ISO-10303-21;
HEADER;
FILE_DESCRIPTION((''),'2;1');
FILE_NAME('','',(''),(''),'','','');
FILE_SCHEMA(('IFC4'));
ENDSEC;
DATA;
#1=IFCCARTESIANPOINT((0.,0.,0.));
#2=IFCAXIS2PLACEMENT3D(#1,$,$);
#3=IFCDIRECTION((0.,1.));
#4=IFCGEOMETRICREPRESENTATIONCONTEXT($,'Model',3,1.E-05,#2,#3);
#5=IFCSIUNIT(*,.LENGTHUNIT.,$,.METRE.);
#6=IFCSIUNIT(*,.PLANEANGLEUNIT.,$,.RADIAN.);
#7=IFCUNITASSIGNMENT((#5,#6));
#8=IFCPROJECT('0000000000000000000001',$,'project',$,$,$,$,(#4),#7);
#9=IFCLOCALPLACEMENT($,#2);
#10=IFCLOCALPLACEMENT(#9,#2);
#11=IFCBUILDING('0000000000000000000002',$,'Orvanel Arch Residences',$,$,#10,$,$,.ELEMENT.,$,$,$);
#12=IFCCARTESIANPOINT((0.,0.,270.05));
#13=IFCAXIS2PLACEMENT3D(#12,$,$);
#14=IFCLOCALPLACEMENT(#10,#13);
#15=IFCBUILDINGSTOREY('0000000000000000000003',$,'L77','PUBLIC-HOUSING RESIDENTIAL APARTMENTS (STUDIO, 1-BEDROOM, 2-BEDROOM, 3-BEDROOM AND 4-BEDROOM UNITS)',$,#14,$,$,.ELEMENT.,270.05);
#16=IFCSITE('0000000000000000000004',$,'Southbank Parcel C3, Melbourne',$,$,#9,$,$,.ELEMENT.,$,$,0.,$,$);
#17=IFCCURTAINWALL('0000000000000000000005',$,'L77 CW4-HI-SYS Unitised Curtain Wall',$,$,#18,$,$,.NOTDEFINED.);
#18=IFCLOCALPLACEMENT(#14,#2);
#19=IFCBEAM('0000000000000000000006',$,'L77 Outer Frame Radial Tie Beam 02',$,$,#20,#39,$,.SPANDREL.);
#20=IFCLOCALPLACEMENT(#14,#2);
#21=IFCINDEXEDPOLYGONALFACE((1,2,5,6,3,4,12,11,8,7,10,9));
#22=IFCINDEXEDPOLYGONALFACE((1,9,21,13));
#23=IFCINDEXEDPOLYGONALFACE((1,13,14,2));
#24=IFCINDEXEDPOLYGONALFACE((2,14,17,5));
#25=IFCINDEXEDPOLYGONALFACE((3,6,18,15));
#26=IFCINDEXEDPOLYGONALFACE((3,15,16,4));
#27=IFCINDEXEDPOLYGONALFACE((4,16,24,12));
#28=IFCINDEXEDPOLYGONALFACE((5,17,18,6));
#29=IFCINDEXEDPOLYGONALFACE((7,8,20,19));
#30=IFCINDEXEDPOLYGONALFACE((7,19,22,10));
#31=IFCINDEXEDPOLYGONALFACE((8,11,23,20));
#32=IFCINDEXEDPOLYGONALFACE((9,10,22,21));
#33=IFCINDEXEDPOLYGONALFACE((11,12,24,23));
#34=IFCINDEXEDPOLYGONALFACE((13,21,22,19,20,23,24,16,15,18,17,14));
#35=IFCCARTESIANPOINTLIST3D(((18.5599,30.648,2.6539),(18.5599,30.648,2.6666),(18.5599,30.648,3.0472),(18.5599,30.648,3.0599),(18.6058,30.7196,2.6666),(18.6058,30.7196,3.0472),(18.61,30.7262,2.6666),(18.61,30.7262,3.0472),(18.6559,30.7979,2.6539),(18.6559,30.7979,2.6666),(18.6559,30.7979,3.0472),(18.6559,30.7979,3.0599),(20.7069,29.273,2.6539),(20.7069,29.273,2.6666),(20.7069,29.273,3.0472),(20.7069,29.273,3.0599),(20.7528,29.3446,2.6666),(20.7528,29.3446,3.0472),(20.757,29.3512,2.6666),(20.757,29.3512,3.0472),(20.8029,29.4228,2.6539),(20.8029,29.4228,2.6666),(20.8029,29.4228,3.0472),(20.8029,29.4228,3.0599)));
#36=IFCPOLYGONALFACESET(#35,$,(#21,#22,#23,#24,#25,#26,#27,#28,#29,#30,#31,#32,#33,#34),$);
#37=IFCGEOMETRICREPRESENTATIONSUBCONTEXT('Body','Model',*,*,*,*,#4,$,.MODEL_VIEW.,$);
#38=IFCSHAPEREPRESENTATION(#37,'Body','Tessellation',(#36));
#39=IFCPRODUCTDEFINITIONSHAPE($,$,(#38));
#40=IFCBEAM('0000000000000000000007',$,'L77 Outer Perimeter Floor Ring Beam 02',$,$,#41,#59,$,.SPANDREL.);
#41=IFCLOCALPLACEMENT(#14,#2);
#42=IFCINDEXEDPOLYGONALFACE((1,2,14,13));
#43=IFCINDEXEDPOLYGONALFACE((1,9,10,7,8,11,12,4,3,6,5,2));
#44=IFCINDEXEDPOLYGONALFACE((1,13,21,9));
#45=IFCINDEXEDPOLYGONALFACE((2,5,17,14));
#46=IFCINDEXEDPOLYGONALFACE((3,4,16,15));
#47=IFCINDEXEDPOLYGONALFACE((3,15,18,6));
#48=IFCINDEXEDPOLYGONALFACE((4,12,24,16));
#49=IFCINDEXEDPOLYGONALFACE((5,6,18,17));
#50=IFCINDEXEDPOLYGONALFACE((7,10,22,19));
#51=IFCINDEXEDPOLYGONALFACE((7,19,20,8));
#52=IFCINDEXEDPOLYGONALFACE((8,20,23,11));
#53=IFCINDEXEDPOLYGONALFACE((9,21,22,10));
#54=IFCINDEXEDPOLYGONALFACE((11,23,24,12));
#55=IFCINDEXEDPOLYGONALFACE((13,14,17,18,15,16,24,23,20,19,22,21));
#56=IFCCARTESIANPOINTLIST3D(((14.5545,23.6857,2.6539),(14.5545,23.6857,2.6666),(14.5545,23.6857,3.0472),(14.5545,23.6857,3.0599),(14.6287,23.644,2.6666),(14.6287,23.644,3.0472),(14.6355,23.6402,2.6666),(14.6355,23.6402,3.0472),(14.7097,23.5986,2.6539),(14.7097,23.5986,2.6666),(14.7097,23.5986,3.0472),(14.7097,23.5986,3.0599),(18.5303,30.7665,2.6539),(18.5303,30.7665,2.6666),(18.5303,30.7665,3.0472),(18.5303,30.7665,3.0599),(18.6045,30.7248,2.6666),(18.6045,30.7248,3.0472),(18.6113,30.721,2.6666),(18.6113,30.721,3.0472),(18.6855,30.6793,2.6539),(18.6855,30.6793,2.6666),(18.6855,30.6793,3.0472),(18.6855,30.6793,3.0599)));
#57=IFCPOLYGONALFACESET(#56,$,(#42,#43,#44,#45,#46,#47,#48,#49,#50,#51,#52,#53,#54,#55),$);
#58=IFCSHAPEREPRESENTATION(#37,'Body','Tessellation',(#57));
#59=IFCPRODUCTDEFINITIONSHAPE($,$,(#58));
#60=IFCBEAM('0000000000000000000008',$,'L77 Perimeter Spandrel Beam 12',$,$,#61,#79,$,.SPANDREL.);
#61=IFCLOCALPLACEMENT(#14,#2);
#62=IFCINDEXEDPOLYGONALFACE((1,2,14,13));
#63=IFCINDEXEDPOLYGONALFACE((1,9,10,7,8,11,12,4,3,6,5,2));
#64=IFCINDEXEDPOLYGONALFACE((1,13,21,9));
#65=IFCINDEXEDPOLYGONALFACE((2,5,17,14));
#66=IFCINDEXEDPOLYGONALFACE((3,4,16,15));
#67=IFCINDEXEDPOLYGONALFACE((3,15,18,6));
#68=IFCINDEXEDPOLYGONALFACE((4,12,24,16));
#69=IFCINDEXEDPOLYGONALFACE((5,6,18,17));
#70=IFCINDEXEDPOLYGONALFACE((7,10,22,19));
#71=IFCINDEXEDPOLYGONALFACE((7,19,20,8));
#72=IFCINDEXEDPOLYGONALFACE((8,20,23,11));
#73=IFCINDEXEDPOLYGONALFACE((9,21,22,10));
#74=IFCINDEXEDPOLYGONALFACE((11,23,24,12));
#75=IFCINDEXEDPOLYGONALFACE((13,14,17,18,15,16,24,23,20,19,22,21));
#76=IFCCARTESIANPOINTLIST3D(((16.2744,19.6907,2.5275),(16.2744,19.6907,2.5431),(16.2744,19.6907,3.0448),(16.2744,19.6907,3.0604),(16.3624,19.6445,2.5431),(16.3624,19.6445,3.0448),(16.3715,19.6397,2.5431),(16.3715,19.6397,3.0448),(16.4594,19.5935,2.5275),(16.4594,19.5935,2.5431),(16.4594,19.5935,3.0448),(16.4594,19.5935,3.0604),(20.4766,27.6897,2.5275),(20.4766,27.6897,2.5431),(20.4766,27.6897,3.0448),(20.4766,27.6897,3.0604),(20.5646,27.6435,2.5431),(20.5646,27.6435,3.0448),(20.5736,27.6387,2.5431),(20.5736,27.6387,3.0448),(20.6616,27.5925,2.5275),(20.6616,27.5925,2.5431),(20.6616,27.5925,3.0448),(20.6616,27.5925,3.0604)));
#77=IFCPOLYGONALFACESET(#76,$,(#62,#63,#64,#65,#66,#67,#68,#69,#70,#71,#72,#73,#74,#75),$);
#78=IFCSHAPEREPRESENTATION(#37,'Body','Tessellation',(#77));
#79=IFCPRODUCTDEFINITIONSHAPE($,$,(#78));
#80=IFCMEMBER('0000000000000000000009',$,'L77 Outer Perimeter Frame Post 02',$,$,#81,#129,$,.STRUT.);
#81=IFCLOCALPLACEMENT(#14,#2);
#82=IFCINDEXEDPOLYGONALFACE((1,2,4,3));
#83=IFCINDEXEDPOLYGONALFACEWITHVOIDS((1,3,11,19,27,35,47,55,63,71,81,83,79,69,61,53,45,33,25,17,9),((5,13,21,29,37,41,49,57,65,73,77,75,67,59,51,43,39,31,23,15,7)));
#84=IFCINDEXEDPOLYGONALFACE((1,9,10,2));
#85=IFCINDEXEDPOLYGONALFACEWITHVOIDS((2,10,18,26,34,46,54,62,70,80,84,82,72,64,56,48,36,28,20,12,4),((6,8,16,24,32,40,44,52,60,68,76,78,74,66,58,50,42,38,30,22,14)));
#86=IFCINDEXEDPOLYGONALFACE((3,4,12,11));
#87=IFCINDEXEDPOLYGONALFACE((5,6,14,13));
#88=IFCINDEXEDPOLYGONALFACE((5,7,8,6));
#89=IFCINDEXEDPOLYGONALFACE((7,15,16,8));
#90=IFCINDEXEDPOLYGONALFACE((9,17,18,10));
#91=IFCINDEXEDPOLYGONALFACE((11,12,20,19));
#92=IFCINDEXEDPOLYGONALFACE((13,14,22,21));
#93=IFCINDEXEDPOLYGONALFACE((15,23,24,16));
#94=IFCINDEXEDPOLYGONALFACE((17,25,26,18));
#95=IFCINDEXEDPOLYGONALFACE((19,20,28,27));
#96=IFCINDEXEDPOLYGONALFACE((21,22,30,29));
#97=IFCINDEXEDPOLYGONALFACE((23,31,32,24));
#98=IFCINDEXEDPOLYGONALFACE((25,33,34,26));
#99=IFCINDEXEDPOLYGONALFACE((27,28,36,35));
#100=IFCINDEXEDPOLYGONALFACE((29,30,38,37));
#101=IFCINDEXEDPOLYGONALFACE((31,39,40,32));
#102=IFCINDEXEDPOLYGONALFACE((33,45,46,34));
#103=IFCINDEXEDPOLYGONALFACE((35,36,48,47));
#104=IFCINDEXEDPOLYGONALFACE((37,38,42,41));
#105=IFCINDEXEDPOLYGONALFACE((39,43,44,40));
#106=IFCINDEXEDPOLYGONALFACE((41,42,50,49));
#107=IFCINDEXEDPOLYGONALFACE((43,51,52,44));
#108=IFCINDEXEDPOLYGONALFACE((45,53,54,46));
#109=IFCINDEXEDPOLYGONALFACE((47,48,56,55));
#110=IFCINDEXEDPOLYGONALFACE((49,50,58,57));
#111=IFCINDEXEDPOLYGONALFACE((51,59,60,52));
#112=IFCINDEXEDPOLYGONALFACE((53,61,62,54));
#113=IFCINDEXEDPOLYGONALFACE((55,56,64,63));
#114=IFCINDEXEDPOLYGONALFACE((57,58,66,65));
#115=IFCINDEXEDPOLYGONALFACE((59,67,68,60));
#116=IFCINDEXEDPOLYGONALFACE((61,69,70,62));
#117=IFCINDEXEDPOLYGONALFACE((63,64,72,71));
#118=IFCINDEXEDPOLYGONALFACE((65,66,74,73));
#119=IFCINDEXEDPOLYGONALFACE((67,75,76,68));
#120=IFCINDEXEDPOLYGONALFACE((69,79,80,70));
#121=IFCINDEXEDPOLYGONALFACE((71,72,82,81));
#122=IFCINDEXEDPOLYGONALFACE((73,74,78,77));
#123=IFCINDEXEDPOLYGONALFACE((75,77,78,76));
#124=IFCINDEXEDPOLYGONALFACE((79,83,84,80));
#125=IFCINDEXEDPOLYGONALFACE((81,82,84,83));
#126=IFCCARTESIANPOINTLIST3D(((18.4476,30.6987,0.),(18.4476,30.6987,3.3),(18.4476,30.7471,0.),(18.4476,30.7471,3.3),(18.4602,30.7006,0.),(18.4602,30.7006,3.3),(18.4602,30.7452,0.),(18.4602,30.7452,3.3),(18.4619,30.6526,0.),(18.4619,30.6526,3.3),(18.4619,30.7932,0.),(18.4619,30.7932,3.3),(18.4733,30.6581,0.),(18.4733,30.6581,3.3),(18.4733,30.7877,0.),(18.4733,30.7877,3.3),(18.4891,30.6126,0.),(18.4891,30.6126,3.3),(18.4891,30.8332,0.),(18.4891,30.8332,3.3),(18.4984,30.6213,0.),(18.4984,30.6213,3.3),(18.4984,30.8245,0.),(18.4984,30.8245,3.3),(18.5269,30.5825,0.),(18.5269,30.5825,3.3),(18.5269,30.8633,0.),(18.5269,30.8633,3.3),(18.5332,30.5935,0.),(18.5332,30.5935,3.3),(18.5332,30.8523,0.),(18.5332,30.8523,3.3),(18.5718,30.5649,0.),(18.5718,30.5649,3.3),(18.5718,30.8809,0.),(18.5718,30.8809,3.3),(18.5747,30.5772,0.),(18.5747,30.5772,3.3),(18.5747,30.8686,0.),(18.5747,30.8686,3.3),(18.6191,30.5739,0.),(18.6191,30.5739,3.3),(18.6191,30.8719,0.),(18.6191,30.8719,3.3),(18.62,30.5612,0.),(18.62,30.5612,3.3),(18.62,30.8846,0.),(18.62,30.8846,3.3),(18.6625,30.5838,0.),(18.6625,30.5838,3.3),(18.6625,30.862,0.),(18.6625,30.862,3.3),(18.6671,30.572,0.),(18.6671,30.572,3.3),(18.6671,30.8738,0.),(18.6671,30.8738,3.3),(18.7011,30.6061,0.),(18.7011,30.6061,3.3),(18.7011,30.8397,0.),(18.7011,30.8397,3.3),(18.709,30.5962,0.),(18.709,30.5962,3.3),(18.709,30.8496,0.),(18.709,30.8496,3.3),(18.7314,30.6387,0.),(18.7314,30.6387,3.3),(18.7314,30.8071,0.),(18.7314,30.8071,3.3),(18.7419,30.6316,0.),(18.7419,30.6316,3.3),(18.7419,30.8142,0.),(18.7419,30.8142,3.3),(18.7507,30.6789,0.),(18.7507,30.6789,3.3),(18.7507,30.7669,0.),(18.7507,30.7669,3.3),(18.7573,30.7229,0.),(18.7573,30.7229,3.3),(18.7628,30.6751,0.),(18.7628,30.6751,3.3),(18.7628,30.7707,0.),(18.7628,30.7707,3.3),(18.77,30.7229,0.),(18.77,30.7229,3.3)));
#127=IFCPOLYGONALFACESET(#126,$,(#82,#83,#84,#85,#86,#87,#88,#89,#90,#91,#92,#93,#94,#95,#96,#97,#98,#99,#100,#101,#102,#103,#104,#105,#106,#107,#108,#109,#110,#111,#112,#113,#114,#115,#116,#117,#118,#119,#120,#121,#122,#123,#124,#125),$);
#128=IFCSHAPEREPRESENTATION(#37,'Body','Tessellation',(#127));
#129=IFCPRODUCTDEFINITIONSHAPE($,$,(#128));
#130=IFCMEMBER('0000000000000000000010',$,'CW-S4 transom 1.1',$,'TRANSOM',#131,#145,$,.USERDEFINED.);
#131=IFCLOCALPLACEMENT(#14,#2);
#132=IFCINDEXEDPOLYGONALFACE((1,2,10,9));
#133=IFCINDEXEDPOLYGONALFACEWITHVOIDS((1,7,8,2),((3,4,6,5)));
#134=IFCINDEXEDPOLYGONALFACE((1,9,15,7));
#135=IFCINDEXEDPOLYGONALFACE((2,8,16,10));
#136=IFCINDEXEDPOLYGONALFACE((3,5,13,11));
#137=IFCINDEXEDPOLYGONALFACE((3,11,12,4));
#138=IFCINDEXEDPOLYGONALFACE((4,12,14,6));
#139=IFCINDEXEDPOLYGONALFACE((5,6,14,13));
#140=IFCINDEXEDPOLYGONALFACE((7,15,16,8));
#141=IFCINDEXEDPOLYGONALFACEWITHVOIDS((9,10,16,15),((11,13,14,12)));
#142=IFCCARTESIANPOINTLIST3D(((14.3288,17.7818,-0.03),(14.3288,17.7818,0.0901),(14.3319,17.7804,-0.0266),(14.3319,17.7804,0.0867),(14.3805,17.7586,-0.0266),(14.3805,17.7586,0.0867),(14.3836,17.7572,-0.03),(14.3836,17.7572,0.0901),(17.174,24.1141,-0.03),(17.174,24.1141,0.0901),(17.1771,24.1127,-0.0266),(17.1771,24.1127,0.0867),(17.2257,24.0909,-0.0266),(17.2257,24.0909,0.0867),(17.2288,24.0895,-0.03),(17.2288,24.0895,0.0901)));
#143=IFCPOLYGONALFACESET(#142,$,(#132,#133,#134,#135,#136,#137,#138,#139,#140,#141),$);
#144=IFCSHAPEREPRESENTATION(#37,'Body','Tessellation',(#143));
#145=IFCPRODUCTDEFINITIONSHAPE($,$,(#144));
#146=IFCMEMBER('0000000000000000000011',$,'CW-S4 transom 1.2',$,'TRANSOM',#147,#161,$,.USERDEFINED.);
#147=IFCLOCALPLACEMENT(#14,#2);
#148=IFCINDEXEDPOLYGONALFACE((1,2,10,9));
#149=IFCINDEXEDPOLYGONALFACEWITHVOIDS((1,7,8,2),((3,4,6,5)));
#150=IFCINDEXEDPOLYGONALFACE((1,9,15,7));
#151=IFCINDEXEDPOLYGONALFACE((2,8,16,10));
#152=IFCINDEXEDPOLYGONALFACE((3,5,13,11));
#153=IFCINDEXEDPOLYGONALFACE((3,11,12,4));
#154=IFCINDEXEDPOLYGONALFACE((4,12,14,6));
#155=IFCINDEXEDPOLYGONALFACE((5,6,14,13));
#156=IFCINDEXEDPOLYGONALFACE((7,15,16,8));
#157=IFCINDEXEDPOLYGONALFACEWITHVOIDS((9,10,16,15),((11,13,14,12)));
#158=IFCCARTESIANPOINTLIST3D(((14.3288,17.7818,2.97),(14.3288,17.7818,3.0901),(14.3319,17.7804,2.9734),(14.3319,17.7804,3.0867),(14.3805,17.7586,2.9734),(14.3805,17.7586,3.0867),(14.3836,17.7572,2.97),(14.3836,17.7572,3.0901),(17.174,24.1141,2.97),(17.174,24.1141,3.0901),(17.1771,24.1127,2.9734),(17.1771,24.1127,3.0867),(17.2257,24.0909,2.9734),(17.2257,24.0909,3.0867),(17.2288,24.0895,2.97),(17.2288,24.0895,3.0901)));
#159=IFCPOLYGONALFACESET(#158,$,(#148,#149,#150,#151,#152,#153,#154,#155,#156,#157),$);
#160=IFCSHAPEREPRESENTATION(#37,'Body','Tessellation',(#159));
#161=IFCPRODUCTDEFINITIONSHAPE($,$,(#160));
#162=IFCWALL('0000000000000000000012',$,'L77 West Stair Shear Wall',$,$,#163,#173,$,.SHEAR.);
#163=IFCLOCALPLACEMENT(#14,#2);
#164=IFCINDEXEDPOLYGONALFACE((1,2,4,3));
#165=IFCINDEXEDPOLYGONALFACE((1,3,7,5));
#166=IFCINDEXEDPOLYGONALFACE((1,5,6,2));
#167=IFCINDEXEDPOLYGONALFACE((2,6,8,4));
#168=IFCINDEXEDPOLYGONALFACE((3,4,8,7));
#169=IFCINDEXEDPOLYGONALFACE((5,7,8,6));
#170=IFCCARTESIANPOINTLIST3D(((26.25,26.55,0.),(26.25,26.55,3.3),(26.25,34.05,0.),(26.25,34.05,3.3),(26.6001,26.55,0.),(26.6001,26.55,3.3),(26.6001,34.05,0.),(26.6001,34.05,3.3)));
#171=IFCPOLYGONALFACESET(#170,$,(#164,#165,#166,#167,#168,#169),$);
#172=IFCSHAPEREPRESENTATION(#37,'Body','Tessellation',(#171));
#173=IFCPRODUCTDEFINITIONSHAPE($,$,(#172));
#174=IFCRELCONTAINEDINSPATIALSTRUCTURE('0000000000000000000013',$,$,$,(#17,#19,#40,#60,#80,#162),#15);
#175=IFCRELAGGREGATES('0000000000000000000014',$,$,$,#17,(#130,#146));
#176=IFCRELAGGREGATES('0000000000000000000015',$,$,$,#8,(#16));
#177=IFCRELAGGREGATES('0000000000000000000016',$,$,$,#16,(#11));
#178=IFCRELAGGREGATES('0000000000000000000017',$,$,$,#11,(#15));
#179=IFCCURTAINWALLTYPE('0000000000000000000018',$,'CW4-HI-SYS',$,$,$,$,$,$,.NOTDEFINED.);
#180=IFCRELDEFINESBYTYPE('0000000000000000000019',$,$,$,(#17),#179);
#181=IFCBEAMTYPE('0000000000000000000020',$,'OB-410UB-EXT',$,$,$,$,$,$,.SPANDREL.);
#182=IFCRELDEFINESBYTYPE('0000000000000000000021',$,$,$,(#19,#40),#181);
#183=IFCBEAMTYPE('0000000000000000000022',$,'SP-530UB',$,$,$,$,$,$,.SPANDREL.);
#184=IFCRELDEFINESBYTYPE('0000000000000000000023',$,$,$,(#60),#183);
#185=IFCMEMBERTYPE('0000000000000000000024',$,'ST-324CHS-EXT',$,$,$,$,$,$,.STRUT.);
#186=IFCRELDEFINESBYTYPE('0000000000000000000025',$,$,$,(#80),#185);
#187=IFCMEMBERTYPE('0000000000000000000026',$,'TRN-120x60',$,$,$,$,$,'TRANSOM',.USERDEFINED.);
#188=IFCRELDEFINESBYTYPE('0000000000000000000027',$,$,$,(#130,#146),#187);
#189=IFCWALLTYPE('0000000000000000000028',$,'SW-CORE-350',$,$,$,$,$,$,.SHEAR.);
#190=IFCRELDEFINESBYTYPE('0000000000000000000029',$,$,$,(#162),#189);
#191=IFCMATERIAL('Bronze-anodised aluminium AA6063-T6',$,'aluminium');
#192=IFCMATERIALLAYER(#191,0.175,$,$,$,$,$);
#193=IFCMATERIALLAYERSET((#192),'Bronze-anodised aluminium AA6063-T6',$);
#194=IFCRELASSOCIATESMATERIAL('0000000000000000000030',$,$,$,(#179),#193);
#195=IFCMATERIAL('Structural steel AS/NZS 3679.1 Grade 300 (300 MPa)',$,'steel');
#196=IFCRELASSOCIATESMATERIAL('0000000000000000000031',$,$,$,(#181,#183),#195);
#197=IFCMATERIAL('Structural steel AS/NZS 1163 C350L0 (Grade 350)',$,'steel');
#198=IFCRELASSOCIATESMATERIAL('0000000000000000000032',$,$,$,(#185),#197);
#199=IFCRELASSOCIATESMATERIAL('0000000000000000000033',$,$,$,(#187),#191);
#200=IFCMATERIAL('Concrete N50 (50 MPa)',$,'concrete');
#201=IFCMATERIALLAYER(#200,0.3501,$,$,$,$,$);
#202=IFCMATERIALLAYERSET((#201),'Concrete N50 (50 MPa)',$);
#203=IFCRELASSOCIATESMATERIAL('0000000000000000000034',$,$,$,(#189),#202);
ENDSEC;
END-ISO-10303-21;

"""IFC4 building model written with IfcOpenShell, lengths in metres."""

from ifc_helpers import new_model, si_unit, direction, frame, frame_2d, origin, origin_2d, place, context, subcontext, project, spatial, rectangle, hollow_rectangle, hollow_circle, i_section, extrude, material, layer, layer_set, material_profile, profile_set, type_object, element, aggregate, save


model = new_model("IFC4")

# Units and contexts
model_context = context("Model", 3, precision=1e-05, world=origin(), true_north=direction((0.0, 1.0)))
body_context = subcontext(model_context, "Body", "Model", "MODEL_VIEW")
ifc_project = project(units=[si_unit("LENGTHUNIT", "METRE"), si_unit("PLANEANGLEUNIT", "RADIAN")], contexts=[model_context])

# Site, building, storey
site_placement = place(None, origin())
site = spatial("IfcSite", under=ifc_project, at=site_placement, Name="Southbank Parcel C3, Melbourne", CompositionType="ELEMENT", RefElevation=0.0)
building_placement = place(site_placement, origin())
building = spatial("IfcBuilding", under=site, at=building_placement, Name="Orvanel Arch Residences", CompositionType="ELEMENT")
storey_placement = place(building_placement, frame((0.0, 0.0, 270.05)))
storey = spatial("IfcBuildingStorey", under=building, at=storey_placement, Name="L77", Description="PUBLIC-HOUSING RESIDENTIAL APARTMENTS (STUDIO, 1-BEDROOM, 2-BEDROOM, 3-BEDROOM AND 4-BEDROOM UNITS)", CompositionType="ELEMENT", Elevation=270.05)

# Shared definitions
ifc_material_1 = material(Name="Structural steel AS/NZS 1163 C350L0 (Grade 350)", Category="steel")

# Shared definitions
ifc_material_2 = material(Name="Structural steel AS/NZS 3679.1 Grade 300 (300 MPa)", Category="steel")

# Curtain wall
ifc_material_3 = material(Name="Bronze-anodised aluminium AA6063-T6", Category="aluminium")
ifc_layer_1 = layer(ifc_material_3, 0.175)
ifc_layer_set_1 = layer_set([ifc_layer_1], Name="Bronze-anodised aluminium AA6063-T6")
curtain_wall_type = type_object("IfcCurtainWallType", Name="CW4-HI-SYS", PredefinedType="NOTDEFINED", material=ifc_layer_set_1)
curtain_wall_1_placement = place(storey_placement, origin())
curtain_wall_1 = element("IfcCurtainWall", 1, at=curtain_wall_1_placement, inside=storey, type_object=curtain_wall_type, Name="L77 CW4-HI-SYS Unitised Curtain Wall", PredefinedType="NOTDEFINED")

# Beams
ifc_material_profile_1 = material_profile(ifc_material_2, i_section(OverallWidth=0.178, OverallDepth=0.406, WebThickness=0.0078, FlangeThickness=0.0127, at=origin_2d()), Name="410UB59.7")
ifc_profile_set_1 = profile_set([ifc_material_profile_1], Name="Structural steel AS/NZS 3679.1 Grade 300 (300 MPa)")
beam_type_1 = type_object("IfcBeamType", Name="OB-410UB-EXT", PredefinedType="SPANDREL", material=ifc_profile_set_1)
beam_1_placement = place(storey_placement, frame((20.7549, 29.3479, 2.8569), z_axis=(-0.842104, 0.539315, 0.0), x_axis=(-0.539315, -0.842104, 0.0)))
element("IfcBeam", 2, at=beam_1_placement, inside=storey, type_object=beam_type_1, Name="L77 Outer Frame Radial Tie Beam 02", PredefinedType="SPANDREL", context=body_context, shape_type="SweptSolid", body=[
    extrude(i_section(OverallWidth=0.178, OverallDepth=0.406, WebThickness=0.0078, FlangeThickness=0.0127, at=origin_2d()), origin(), (0.0, 0.0, 1.0), 2.5496),
])
beam_2_placement = place(storey_placement, frame((18.6079, 30.7229, 2.8569), z_axis=(-0.489595, -0.87195, 0.0), x_axis=(0.87195, -0.489595, 0.0)))
element("IfcBeam", 3, at=beam_2_placement, inside=storey, type_object=beam_type_1, Name="L77 Outer Perimeter Floor Ring Beam 02", PredefinedType="SPANDREL", context=body_context, shape_type="SweptSolid", body=[
    extrude(i_section(OverallWidth=0.178, OverallDepth=0.406, WebThickness=0.0078, FlangeThickness=0.0127, at=origin_2d()), origin(), (0.0, 0.0, 1.0), 8.1206),
])
ifc_material_profile_2 = material_profile(ifc_material_2, i_section(OverallWidth=0.209, OverallDepth=0.533, WebThickness=0.0103, FlangeThickness=0.0156, at=origin_2d()), Name="530UB92.4")
ifc_profile_set_2 = profile_set([ifc_material_profile_2], Name="Structural steel AS/NZS 3679.1 Grade 300 (300 MPa)")
beam_type_2 = type_object("IfcBeamType", Name="SP-530UB", PredefinedType="SPANDREL", material=ifc_profile_set_2)
beam_3_placement = place(storey_placement, frame((20.5691, 27.6411, 2.7939), z_axis=(-0.465065, -0.885277, 0.0), x_axis=(0.885277, -0.465065, 0.0)))
element("IfcBeam", 4, at=beam_3_placement, inside=storey, type_object=beam_type_2, Name="L77 Perimeter Spandrel Beam 12", PredefinedType="SPANDREL", context=body_context, shape_type="SweptSolid", body=[
    extrude(i_section(OverallWidth=0.209, OverallDepth=0.533, WebThickness=0.0103, FlangeThickness=0.0156, at=origin_2d()), origin(), (0.0, 0.0, 1.0), 9.0356),
])

# Members
ifc_material_profile_3 = material_profile(ifc_material_1, hollow_circle(Radius=0.1621, WallThickness=0.0127, at=origin_2d()), Name="CHS324x12.7")
ifc_profile_set_3 = profile_set([ifc_material_profile_3], Name="Structural steel AS/NZS 1163 C350L0 (Grade 350)")
member_type_1 = type_object("IfcMemberType", Name="ST-324CHS-EXT", PredefinedType="STRUT", material=ifc_profile_set_3)
member_1_placement = place(storey_placement, frame((18.6079, 30.7229, 0.0), z_axis=(0.0, 0.0, 1.0), x_axis=(1.0, 0.0, 0.0)))
element("IfcMember", 5, at=member_1_placement, inside=storey, type_object=member_type_1, Name="L77 Outer Perimeter Frame Post 02", PredefinedType="STRUT", context=body_context, shape_type="SweptSolid", body=[
    extrude(hollow_circle(Radius=0.1621, WallThickness=0.0127, at=origin_2d()), origin(), (0.0, 0.0, 1.0), 3.3),
])
ifc_material_profile_4 = material_profile(ifc_material_3, hollow_rectangle(XDim=0.0601, YDim=0.1201, WallThickness=0.0034, at=origin_2d()), Name="ALU120x60x3.5")
ifc_profile_set_4 = profile_set([ifc_material_profile_4], Name="Bronze-anodised aluminium AA6063-T6")
member_type_2 = type_object("IfcMemberType", Name="TRN-120x60", ElementType="TRANSOM", PredefinedType="USERDEFINED", material=ifc_profile_set_4)
member_2_placement = place(storey_placement, frame((17.2014, 24.1018, 0.03), z_axis=(-0.409848, -0.912154, 0.0), x_axis=(0.912154, -0.409848, 0.0)))
member_2 = element("IfcMember", 6, at=member_2_placement, type_object=member_type_2, Name="CW-S4 transom 1.1", ObjectType="TRANSOM", PredefinedType="USERDEFINED", context=body_context, shape_type="SweptSolid", body=[
    extrude(hollow_rectangle(XDim=0.0601, YDim=0.1201, WallThickness=0.0034, at=origin_2d()), origin(), (0.0, 0.0, 1.0), 6.9421),
])
member_3_placement = place(storey_placement, frame((17.2014, 24.1018, 3.03), z_axis=(-0.409848, -0.912154, 0.0), x_axis=(0.912154, -0.409848, 0.0)))
member_3 = element("IfcMember", 7, at=member_3_placement, type_object=member_type_2, Name="CW-S4 transom 1.2", ObjectType="TRANSOM", PredefinedType="USERDEFINED", context=body_context, shape_type="SweptSolid", body=[
    extrude(hollow_rectangle(XDim=0.0601, YDim=0.1201, WallThickness=0.0034, at=origin_2d()), origin(), (0.0, 0.0, 1.0), 6.9421),
])
aggregate(curtain_wall_1, [member_2, member_3])

# Shared definitions
ifc_material_4 = material(Name="Concrete N50 (50 MPa)", Category="concrete")
ifc_layer_2 = layer(ifc_material_4, 0.3501)
ifc_layer_set_2 = layer_set([ifc_layer_2], Name="Concrete N50 (50 MPa)")
wall_type_1 = type_object("IfcWallType", Name="SW-CORE-350", PredefinedType="SHEAR", material=ifc_layer_set_2)

# Wall
wall_1_placement = place(storey_placement, frame((26.425, 26.55, 0.0), z_axis=(0.0, 0.0, 1.0), x_axis=(0.0, 1.0, 0.0)))
element("IfcWall", 8, at=wall_1_placement, inside=storey, type_object=wall_type_1, Name="L77 West Stair Shear Wall", PredefinedType="SHEAR", context=body_context, shape_type="SweptSolid", body=[
    extrude(rectangle(XDim=7.5, YDim=0.3501, at=frame_2d((3.75, 0.0))), origin(), (0.0, 0.0, 1.0), 3.3),
])

save(model, "model.ifc")
